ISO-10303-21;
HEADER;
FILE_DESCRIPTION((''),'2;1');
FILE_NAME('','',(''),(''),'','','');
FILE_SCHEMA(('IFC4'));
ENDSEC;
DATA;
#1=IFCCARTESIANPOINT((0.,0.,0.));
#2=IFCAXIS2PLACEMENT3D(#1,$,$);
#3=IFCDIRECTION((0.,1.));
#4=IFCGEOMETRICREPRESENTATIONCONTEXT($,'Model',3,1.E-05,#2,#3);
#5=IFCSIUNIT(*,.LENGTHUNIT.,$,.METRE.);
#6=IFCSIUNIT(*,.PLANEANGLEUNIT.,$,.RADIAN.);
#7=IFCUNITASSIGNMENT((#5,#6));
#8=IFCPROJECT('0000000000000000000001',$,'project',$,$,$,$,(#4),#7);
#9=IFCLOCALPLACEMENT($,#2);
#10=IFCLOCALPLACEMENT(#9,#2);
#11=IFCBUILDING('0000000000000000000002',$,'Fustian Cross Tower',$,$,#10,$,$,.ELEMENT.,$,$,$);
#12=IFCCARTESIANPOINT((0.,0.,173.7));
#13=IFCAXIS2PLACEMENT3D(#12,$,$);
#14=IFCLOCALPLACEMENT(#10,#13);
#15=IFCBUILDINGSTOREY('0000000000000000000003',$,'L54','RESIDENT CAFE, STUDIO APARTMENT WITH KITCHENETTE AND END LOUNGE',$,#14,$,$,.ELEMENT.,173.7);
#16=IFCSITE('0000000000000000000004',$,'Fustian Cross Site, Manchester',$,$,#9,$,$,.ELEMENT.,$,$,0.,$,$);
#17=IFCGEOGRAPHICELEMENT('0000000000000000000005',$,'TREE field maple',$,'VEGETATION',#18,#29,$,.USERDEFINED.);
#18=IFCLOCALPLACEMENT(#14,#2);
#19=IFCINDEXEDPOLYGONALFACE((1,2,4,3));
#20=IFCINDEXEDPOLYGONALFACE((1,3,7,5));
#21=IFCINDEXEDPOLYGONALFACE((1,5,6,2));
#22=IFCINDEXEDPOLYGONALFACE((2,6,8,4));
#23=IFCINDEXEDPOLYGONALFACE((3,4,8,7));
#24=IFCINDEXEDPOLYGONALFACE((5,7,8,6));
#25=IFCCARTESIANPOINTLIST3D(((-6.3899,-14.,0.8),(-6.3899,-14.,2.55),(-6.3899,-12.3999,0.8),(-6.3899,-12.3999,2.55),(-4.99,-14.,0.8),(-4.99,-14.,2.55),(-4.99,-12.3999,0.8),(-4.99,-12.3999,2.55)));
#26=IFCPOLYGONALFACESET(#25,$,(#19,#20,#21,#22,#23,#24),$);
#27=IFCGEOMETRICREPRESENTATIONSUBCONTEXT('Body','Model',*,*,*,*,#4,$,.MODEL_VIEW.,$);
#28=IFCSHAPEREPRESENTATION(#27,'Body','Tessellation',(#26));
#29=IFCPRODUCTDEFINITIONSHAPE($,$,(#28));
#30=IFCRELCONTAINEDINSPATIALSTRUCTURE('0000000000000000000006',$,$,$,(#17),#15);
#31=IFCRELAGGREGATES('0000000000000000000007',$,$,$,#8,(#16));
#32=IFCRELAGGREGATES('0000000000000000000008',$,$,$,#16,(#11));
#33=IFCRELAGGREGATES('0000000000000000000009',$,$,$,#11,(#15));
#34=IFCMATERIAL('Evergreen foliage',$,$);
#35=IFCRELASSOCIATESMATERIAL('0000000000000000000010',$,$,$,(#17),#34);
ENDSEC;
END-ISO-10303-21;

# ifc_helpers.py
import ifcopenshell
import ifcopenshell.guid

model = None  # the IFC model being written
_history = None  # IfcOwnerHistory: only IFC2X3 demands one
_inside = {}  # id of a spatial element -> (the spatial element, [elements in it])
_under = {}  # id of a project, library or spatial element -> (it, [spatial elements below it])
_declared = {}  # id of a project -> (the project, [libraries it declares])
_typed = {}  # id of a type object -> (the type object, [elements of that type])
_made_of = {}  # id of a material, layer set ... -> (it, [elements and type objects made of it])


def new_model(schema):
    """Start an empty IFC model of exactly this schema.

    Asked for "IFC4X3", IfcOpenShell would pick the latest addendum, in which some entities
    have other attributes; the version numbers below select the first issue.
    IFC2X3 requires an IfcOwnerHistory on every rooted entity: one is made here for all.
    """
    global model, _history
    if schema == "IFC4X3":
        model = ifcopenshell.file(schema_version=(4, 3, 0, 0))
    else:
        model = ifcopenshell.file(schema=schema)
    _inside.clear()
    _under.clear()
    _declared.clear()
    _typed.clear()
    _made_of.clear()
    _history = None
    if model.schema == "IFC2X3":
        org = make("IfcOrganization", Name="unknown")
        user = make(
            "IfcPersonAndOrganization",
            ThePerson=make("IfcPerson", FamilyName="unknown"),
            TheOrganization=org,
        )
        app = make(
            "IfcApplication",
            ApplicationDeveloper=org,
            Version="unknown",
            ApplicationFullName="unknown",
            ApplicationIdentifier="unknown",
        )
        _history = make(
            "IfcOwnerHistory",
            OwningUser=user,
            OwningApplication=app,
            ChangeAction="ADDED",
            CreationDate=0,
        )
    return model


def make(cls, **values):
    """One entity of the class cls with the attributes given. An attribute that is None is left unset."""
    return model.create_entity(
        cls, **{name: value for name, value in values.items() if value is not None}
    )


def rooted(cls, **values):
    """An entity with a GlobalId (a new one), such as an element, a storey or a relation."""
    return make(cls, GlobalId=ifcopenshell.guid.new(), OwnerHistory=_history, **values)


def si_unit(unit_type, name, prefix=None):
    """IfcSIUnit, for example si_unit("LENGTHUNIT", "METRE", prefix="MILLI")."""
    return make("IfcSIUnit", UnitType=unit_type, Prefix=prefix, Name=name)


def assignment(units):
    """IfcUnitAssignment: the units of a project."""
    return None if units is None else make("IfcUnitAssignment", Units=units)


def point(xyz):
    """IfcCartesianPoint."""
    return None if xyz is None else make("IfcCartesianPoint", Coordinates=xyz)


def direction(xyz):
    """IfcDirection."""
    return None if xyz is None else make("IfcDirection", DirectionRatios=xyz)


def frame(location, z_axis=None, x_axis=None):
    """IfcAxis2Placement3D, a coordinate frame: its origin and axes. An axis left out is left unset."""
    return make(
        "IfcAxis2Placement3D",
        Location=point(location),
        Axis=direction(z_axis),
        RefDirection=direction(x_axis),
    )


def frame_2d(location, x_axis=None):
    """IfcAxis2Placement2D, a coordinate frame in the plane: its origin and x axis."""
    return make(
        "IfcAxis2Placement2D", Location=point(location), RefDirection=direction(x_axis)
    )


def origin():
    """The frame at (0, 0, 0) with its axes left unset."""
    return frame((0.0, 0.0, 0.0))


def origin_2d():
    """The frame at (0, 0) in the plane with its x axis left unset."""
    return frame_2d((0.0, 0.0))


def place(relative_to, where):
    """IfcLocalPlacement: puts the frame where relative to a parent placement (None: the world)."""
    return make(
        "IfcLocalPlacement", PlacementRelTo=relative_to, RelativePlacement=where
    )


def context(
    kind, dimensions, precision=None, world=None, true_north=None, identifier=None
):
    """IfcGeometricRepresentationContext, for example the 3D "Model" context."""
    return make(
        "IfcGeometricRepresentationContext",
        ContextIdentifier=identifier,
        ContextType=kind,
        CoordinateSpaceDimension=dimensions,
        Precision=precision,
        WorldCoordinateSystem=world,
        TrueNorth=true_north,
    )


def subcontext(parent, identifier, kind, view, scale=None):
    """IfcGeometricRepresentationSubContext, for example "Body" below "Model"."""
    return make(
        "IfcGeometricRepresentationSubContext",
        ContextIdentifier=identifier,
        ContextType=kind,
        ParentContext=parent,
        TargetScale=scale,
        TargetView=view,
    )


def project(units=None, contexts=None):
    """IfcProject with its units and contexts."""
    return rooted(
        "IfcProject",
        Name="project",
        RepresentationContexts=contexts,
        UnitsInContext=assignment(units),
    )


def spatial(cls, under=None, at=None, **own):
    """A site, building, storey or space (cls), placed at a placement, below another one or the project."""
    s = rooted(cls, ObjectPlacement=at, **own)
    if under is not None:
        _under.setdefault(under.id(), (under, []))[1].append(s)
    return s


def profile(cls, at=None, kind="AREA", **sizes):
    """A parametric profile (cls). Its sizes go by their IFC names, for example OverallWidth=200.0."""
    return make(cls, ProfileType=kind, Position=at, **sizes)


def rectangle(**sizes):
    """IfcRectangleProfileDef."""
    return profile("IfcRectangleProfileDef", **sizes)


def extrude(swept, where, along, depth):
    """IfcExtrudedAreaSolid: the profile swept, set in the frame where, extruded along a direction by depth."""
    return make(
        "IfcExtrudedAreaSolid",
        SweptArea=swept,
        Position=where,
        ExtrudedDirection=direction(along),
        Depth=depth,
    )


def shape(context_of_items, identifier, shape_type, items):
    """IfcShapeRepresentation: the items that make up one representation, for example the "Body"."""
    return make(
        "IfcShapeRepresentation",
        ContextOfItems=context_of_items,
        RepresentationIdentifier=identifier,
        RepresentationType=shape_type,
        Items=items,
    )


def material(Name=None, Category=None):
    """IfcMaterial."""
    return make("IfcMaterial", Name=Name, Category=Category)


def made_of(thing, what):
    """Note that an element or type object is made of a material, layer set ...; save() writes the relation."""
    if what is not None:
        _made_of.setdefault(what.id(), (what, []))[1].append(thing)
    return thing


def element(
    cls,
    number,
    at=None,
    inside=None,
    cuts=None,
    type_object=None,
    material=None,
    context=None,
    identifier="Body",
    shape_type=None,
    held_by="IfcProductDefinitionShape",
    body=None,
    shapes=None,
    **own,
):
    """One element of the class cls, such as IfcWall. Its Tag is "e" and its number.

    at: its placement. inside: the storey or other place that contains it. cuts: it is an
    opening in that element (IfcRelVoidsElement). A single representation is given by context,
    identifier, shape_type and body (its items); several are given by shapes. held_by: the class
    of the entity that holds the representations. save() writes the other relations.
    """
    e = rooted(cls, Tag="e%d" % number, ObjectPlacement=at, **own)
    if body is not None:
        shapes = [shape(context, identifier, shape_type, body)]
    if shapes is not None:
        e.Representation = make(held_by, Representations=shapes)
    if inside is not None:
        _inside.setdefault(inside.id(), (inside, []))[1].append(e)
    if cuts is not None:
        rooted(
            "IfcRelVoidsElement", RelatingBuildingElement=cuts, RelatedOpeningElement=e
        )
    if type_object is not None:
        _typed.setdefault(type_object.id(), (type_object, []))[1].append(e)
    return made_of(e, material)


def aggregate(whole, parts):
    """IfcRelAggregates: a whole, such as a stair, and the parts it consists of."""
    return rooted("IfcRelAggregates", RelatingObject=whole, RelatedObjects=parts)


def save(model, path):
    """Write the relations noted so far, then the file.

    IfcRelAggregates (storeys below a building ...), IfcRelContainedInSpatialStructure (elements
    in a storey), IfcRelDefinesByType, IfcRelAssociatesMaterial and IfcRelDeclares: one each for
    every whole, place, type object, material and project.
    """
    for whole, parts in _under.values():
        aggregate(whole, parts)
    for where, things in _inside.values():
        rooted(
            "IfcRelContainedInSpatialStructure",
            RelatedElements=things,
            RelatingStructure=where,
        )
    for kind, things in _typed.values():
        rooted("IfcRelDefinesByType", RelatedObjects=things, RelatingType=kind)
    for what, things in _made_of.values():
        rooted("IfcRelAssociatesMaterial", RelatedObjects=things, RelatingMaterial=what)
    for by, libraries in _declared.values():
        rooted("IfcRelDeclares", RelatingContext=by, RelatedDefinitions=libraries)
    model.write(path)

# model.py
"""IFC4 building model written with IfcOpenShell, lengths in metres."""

from ifc_helpers import new_model, si_unit, direction, frame, origin, origin_2d, place, context, subcontext, project, spatial, rectangle, extrude, material, element, save


model = new_model("IFC4")

# Units and contexts
model_context = context("Model", 3, precision=1e-05, world=origin(), true_north=direction((0.0, 1.0)))
body_context = subcontext(model_context, "Body", "Model", "MODEL_VIEW")
ifc_project = project(units=[si_unit("LENGTHUNIT", "METRE"), si_unit("PLANEANGLEUNIT", "RADIAN")], contexts=[model_context])

# Site, building, storey
site_placement = place(None, origin())
site = spatial("IfcSite", under=ifc_project, at=site_placement, Name="Fustian Cross Site, Manchester", CompositionType="ELEMENT", RefElevation=0.0)
building_placement = place(site_placement, origin())
building = spatial("IfcBuilding", under=site, at=building_placement, Name="Fustian Cross Tower", CompositionType="ELEMENT")
storey_placement = place(building_placement, frame((0.0, 0.0, 173.7)))
storey = spatial("IfcBuildingStorey", under=building, at=storey_placement, Name="L54", Description="RESIDENT CAFE, STUDIO APARTMENT WITH KITCHENETTE AND END LOUNGE", CompositionType="ELEMENT", Elevation=173.7)

# Geographic element
ifc_material_1 = material(Name="Evergreen foliage")
geographic_element_placement = place(storey_placement, frame((-5.6899, -13.2, 0.8), z_axis=(0.0, 0.0, 1.0), x_axis=(1.0, 0.0, 0.0)))
element("IfcGeographicElement", 1, at=geographic_element_placement, inside=storey, material=ifc_material_1, Name="TREE field maple", ObjectType="VEGETATION", PredefinedType="USERDEFINED", context=body_context, shape_type="SweptSolid", body=[
    extrude(rectangle(XDim=1.3999, YDim=1.6001, at=origin_2d()), origin(), (0.0, 0.0, 1.0), 1.75),
])

save(model, "model.ifc")
